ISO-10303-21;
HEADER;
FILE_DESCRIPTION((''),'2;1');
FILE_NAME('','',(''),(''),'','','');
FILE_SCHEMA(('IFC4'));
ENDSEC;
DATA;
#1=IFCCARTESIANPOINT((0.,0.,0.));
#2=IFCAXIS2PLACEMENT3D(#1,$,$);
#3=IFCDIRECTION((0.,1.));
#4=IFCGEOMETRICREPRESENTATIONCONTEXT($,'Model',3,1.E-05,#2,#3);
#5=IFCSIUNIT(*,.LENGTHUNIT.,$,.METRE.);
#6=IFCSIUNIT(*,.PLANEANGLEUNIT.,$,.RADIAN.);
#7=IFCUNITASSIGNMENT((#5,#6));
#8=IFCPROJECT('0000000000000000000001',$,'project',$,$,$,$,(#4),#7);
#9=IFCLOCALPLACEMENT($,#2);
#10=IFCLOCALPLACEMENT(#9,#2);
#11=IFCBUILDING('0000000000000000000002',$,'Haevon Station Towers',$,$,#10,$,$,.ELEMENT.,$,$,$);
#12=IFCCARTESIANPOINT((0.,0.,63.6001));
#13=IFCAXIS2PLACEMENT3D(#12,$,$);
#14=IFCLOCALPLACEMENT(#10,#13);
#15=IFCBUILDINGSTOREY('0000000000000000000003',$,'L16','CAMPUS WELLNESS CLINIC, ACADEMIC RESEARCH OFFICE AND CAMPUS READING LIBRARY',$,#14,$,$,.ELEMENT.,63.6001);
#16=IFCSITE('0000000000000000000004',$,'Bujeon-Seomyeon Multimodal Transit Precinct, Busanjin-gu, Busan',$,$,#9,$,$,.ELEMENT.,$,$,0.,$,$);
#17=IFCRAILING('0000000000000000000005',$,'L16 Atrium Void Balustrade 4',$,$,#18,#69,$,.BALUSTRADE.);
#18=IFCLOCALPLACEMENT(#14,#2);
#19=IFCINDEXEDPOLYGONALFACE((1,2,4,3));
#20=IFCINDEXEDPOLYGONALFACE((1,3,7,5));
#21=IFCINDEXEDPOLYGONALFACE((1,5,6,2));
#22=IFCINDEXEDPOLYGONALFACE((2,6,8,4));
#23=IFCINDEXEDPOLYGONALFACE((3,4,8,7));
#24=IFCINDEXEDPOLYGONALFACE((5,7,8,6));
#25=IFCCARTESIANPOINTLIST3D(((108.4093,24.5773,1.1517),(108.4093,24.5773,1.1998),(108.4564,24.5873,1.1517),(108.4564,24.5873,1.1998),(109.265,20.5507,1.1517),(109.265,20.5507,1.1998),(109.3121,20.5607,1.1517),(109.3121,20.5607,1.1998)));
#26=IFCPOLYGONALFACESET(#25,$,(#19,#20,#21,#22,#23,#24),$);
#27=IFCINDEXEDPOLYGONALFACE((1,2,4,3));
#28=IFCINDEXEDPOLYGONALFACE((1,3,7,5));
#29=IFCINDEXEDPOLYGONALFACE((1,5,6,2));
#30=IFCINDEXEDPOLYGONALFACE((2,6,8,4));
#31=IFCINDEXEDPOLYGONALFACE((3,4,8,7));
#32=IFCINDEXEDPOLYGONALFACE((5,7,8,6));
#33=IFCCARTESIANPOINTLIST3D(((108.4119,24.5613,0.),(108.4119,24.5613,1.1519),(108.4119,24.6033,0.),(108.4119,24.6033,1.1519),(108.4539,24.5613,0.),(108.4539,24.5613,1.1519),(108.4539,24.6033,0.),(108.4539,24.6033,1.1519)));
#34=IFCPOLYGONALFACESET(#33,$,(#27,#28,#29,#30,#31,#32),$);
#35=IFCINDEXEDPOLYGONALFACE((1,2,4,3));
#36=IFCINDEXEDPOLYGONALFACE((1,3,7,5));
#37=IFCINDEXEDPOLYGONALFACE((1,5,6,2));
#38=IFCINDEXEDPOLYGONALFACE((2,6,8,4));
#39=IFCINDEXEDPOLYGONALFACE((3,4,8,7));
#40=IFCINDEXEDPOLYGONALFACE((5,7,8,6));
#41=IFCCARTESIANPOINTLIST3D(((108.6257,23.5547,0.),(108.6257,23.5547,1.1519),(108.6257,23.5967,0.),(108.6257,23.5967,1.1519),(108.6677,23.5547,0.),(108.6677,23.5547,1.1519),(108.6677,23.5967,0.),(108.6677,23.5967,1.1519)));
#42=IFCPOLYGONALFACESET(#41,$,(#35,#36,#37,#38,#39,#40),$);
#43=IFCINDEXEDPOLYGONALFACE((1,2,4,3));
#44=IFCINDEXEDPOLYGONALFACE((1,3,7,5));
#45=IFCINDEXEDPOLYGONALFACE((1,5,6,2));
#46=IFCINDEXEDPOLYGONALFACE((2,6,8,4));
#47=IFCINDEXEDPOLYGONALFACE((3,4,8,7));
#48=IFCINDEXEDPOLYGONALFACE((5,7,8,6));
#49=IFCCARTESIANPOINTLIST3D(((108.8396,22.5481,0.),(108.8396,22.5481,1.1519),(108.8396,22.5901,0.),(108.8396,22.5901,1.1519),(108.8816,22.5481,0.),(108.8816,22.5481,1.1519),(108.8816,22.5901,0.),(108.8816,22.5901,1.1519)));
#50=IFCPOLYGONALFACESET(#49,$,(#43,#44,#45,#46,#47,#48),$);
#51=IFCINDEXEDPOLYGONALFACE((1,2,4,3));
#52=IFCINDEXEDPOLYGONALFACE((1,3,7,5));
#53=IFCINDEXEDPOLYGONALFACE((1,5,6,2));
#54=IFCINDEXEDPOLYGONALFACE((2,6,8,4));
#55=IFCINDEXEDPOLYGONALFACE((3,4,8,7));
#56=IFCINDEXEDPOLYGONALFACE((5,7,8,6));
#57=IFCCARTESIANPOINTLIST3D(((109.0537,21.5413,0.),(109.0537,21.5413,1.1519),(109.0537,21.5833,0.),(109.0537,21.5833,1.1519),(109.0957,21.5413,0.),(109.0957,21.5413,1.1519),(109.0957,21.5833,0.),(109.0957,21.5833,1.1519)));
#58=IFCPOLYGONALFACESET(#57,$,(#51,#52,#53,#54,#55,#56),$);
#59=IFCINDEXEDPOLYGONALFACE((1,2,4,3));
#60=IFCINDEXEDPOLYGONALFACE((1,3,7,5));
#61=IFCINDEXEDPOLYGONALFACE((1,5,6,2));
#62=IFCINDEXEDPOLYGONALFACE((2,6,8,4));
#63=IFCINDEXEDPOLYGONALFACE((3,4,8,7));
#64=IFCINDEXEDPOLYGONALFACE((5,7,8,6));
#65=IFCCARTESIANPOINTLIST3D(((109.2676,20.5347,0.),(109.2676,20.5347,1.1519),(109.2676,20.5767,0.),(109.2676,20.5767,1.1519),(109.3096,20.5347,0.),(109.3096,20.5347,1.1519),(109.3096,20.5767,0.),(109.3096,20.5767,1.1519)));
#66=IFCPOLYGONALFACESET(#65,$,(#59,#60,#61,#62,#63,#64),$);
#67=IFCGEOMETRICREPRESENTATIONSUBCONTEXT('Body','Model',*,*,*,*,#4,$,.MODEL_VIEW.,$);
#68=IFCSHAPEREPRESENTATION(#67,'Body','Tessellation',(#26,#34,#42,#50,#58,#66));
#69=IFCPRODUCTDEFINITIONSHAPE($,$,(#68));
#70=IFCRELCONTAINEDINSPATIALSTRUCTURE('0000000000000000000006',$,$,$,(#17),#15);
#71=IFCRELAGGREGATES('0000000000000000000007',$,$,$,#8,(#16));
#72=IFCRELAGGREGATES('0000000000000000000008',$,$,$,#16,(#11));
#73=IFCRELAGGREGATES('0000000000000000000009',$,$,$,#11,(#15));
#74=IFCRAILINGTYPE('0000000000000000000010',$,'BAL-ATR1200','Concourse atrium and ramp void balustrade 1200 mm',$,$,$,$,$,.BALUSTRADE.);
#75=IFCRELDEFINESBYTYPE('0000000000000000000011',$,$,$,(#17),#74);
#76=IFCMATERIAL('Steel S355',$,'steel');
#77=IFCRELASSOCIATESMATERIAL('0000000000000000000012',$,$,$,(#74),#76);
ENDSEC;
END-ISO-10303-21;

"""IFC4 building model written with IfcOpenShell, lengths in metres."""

from ifc_helpers import new_model, si_unit, direction, frame, origin, origin_2d, place, context, subcontext, project, spatial, rectangle, extrude, material, type_object, element, save


model = new_model("IFC4")

# Units and contexts
model_context = context("Model", 3, precision=1e-05, world=origin(), true_north=direction((0.0, 1.0)))
body_context = subcontext(model_context, "Body", "Model", "MODEL_VIEW")
ifc_project = project(units=[si_unit("LENGTHUNIT", "METRE"), si_unit("PLANEANGLEUNIT", "RADIAN")], contexts=[model_context])

# Site, building, storey
site_placement = place(None, origin())
site = spatial("IfcSite", under=ifc_project, at=site_placement, Name="Bujeon-Seomyeon Multimodal Transit Precinct, Busanjin-gu, Busan", CompositionType="ELEMENT", RefElevation=0.0)
building_placement = place(site_placement, origin())
building = spatial("IfcBuilding", under=site, at=building_placement, Name="Haevon Station Towers", CompositionType="ELEMENT")
storey_placement = place(building_placement, frame((0.0, 0.0, 63.6001)))
storey = spatial("IfcBuildingStorey", under=building, at=storey_placement, Name="L16", Description="CAMPUS WELLNESS CLINIC, ACADEMIC RESEARCH OFFICE AND CAMPUS READING LIBRARY", CompositionType="ELEMENT", Elevation=63.6001)

# Shared definitions
ifc_material_1 = material(Name="Steel S355", Category="steel")

# Railing
railing_type = type_object("IfcRailingType", Name="BAL-ATR1200", Description="Concourse atrium and ramp void balustrade 1200 mm", PredefinedType="BALUSTRADE", material=ifc_material_1)
railing_1_placement = place(storey_placement, frame((108.4329, 24.5823, 0.0)))
element("IfcRailing", 1, at=railing_1_placement, inside=storey, type_object=railing_type, Name="L16 Atrium Void Balustrade 4", PredefinedType="BALUSTRADE", context=body_context, shape_type="SweptSolid", body=[
    extrude(rectangle(XDim=0.0481, YDim=0.0481, at=origin_2d()), frame((0.0, 0.0, 1.1758), z_axis=(0.207872, -0.978156, 0.0), x_axis=(0.978156, 0.207872, 0.0)), (0.0, 0.0, 1.0), 4.1165),
    extrude(rectangle(XDim=0.042, YDim=0.042, at=origin_2d()), origin(), (0.0, 0.0, 1.0), 1.1519),
    extrude(rectangle(XDim=0.042, YDim=0.042, at=origin_2d()), frame((0.2139, -1.0066, 0.0)), (0.0, 0.0, 1.0), 1.1519),
    extrude(rectangle(XDim=0.042, YDim=0.042, at=origin_2d()), frame((0.4277, -2.0132, 0.0)), (0.0, 0.0, 1.0), 1.1519),
    extrude(rectangle(XDim=0.042, YDim=0.042, at=origin_2d()), frame((0.6418, -3.02, 0.0)), (0.0, 0.0, 1.0), 1.1519),
    extrude(rectangle(XDim=0.042, YDim=0.042, at=origin_2d()), frame((0.8557, -4.0266, 0.0)), (0.0, 0.0, 1.0), 1.1519),
])

save(model, "model.ifc")
